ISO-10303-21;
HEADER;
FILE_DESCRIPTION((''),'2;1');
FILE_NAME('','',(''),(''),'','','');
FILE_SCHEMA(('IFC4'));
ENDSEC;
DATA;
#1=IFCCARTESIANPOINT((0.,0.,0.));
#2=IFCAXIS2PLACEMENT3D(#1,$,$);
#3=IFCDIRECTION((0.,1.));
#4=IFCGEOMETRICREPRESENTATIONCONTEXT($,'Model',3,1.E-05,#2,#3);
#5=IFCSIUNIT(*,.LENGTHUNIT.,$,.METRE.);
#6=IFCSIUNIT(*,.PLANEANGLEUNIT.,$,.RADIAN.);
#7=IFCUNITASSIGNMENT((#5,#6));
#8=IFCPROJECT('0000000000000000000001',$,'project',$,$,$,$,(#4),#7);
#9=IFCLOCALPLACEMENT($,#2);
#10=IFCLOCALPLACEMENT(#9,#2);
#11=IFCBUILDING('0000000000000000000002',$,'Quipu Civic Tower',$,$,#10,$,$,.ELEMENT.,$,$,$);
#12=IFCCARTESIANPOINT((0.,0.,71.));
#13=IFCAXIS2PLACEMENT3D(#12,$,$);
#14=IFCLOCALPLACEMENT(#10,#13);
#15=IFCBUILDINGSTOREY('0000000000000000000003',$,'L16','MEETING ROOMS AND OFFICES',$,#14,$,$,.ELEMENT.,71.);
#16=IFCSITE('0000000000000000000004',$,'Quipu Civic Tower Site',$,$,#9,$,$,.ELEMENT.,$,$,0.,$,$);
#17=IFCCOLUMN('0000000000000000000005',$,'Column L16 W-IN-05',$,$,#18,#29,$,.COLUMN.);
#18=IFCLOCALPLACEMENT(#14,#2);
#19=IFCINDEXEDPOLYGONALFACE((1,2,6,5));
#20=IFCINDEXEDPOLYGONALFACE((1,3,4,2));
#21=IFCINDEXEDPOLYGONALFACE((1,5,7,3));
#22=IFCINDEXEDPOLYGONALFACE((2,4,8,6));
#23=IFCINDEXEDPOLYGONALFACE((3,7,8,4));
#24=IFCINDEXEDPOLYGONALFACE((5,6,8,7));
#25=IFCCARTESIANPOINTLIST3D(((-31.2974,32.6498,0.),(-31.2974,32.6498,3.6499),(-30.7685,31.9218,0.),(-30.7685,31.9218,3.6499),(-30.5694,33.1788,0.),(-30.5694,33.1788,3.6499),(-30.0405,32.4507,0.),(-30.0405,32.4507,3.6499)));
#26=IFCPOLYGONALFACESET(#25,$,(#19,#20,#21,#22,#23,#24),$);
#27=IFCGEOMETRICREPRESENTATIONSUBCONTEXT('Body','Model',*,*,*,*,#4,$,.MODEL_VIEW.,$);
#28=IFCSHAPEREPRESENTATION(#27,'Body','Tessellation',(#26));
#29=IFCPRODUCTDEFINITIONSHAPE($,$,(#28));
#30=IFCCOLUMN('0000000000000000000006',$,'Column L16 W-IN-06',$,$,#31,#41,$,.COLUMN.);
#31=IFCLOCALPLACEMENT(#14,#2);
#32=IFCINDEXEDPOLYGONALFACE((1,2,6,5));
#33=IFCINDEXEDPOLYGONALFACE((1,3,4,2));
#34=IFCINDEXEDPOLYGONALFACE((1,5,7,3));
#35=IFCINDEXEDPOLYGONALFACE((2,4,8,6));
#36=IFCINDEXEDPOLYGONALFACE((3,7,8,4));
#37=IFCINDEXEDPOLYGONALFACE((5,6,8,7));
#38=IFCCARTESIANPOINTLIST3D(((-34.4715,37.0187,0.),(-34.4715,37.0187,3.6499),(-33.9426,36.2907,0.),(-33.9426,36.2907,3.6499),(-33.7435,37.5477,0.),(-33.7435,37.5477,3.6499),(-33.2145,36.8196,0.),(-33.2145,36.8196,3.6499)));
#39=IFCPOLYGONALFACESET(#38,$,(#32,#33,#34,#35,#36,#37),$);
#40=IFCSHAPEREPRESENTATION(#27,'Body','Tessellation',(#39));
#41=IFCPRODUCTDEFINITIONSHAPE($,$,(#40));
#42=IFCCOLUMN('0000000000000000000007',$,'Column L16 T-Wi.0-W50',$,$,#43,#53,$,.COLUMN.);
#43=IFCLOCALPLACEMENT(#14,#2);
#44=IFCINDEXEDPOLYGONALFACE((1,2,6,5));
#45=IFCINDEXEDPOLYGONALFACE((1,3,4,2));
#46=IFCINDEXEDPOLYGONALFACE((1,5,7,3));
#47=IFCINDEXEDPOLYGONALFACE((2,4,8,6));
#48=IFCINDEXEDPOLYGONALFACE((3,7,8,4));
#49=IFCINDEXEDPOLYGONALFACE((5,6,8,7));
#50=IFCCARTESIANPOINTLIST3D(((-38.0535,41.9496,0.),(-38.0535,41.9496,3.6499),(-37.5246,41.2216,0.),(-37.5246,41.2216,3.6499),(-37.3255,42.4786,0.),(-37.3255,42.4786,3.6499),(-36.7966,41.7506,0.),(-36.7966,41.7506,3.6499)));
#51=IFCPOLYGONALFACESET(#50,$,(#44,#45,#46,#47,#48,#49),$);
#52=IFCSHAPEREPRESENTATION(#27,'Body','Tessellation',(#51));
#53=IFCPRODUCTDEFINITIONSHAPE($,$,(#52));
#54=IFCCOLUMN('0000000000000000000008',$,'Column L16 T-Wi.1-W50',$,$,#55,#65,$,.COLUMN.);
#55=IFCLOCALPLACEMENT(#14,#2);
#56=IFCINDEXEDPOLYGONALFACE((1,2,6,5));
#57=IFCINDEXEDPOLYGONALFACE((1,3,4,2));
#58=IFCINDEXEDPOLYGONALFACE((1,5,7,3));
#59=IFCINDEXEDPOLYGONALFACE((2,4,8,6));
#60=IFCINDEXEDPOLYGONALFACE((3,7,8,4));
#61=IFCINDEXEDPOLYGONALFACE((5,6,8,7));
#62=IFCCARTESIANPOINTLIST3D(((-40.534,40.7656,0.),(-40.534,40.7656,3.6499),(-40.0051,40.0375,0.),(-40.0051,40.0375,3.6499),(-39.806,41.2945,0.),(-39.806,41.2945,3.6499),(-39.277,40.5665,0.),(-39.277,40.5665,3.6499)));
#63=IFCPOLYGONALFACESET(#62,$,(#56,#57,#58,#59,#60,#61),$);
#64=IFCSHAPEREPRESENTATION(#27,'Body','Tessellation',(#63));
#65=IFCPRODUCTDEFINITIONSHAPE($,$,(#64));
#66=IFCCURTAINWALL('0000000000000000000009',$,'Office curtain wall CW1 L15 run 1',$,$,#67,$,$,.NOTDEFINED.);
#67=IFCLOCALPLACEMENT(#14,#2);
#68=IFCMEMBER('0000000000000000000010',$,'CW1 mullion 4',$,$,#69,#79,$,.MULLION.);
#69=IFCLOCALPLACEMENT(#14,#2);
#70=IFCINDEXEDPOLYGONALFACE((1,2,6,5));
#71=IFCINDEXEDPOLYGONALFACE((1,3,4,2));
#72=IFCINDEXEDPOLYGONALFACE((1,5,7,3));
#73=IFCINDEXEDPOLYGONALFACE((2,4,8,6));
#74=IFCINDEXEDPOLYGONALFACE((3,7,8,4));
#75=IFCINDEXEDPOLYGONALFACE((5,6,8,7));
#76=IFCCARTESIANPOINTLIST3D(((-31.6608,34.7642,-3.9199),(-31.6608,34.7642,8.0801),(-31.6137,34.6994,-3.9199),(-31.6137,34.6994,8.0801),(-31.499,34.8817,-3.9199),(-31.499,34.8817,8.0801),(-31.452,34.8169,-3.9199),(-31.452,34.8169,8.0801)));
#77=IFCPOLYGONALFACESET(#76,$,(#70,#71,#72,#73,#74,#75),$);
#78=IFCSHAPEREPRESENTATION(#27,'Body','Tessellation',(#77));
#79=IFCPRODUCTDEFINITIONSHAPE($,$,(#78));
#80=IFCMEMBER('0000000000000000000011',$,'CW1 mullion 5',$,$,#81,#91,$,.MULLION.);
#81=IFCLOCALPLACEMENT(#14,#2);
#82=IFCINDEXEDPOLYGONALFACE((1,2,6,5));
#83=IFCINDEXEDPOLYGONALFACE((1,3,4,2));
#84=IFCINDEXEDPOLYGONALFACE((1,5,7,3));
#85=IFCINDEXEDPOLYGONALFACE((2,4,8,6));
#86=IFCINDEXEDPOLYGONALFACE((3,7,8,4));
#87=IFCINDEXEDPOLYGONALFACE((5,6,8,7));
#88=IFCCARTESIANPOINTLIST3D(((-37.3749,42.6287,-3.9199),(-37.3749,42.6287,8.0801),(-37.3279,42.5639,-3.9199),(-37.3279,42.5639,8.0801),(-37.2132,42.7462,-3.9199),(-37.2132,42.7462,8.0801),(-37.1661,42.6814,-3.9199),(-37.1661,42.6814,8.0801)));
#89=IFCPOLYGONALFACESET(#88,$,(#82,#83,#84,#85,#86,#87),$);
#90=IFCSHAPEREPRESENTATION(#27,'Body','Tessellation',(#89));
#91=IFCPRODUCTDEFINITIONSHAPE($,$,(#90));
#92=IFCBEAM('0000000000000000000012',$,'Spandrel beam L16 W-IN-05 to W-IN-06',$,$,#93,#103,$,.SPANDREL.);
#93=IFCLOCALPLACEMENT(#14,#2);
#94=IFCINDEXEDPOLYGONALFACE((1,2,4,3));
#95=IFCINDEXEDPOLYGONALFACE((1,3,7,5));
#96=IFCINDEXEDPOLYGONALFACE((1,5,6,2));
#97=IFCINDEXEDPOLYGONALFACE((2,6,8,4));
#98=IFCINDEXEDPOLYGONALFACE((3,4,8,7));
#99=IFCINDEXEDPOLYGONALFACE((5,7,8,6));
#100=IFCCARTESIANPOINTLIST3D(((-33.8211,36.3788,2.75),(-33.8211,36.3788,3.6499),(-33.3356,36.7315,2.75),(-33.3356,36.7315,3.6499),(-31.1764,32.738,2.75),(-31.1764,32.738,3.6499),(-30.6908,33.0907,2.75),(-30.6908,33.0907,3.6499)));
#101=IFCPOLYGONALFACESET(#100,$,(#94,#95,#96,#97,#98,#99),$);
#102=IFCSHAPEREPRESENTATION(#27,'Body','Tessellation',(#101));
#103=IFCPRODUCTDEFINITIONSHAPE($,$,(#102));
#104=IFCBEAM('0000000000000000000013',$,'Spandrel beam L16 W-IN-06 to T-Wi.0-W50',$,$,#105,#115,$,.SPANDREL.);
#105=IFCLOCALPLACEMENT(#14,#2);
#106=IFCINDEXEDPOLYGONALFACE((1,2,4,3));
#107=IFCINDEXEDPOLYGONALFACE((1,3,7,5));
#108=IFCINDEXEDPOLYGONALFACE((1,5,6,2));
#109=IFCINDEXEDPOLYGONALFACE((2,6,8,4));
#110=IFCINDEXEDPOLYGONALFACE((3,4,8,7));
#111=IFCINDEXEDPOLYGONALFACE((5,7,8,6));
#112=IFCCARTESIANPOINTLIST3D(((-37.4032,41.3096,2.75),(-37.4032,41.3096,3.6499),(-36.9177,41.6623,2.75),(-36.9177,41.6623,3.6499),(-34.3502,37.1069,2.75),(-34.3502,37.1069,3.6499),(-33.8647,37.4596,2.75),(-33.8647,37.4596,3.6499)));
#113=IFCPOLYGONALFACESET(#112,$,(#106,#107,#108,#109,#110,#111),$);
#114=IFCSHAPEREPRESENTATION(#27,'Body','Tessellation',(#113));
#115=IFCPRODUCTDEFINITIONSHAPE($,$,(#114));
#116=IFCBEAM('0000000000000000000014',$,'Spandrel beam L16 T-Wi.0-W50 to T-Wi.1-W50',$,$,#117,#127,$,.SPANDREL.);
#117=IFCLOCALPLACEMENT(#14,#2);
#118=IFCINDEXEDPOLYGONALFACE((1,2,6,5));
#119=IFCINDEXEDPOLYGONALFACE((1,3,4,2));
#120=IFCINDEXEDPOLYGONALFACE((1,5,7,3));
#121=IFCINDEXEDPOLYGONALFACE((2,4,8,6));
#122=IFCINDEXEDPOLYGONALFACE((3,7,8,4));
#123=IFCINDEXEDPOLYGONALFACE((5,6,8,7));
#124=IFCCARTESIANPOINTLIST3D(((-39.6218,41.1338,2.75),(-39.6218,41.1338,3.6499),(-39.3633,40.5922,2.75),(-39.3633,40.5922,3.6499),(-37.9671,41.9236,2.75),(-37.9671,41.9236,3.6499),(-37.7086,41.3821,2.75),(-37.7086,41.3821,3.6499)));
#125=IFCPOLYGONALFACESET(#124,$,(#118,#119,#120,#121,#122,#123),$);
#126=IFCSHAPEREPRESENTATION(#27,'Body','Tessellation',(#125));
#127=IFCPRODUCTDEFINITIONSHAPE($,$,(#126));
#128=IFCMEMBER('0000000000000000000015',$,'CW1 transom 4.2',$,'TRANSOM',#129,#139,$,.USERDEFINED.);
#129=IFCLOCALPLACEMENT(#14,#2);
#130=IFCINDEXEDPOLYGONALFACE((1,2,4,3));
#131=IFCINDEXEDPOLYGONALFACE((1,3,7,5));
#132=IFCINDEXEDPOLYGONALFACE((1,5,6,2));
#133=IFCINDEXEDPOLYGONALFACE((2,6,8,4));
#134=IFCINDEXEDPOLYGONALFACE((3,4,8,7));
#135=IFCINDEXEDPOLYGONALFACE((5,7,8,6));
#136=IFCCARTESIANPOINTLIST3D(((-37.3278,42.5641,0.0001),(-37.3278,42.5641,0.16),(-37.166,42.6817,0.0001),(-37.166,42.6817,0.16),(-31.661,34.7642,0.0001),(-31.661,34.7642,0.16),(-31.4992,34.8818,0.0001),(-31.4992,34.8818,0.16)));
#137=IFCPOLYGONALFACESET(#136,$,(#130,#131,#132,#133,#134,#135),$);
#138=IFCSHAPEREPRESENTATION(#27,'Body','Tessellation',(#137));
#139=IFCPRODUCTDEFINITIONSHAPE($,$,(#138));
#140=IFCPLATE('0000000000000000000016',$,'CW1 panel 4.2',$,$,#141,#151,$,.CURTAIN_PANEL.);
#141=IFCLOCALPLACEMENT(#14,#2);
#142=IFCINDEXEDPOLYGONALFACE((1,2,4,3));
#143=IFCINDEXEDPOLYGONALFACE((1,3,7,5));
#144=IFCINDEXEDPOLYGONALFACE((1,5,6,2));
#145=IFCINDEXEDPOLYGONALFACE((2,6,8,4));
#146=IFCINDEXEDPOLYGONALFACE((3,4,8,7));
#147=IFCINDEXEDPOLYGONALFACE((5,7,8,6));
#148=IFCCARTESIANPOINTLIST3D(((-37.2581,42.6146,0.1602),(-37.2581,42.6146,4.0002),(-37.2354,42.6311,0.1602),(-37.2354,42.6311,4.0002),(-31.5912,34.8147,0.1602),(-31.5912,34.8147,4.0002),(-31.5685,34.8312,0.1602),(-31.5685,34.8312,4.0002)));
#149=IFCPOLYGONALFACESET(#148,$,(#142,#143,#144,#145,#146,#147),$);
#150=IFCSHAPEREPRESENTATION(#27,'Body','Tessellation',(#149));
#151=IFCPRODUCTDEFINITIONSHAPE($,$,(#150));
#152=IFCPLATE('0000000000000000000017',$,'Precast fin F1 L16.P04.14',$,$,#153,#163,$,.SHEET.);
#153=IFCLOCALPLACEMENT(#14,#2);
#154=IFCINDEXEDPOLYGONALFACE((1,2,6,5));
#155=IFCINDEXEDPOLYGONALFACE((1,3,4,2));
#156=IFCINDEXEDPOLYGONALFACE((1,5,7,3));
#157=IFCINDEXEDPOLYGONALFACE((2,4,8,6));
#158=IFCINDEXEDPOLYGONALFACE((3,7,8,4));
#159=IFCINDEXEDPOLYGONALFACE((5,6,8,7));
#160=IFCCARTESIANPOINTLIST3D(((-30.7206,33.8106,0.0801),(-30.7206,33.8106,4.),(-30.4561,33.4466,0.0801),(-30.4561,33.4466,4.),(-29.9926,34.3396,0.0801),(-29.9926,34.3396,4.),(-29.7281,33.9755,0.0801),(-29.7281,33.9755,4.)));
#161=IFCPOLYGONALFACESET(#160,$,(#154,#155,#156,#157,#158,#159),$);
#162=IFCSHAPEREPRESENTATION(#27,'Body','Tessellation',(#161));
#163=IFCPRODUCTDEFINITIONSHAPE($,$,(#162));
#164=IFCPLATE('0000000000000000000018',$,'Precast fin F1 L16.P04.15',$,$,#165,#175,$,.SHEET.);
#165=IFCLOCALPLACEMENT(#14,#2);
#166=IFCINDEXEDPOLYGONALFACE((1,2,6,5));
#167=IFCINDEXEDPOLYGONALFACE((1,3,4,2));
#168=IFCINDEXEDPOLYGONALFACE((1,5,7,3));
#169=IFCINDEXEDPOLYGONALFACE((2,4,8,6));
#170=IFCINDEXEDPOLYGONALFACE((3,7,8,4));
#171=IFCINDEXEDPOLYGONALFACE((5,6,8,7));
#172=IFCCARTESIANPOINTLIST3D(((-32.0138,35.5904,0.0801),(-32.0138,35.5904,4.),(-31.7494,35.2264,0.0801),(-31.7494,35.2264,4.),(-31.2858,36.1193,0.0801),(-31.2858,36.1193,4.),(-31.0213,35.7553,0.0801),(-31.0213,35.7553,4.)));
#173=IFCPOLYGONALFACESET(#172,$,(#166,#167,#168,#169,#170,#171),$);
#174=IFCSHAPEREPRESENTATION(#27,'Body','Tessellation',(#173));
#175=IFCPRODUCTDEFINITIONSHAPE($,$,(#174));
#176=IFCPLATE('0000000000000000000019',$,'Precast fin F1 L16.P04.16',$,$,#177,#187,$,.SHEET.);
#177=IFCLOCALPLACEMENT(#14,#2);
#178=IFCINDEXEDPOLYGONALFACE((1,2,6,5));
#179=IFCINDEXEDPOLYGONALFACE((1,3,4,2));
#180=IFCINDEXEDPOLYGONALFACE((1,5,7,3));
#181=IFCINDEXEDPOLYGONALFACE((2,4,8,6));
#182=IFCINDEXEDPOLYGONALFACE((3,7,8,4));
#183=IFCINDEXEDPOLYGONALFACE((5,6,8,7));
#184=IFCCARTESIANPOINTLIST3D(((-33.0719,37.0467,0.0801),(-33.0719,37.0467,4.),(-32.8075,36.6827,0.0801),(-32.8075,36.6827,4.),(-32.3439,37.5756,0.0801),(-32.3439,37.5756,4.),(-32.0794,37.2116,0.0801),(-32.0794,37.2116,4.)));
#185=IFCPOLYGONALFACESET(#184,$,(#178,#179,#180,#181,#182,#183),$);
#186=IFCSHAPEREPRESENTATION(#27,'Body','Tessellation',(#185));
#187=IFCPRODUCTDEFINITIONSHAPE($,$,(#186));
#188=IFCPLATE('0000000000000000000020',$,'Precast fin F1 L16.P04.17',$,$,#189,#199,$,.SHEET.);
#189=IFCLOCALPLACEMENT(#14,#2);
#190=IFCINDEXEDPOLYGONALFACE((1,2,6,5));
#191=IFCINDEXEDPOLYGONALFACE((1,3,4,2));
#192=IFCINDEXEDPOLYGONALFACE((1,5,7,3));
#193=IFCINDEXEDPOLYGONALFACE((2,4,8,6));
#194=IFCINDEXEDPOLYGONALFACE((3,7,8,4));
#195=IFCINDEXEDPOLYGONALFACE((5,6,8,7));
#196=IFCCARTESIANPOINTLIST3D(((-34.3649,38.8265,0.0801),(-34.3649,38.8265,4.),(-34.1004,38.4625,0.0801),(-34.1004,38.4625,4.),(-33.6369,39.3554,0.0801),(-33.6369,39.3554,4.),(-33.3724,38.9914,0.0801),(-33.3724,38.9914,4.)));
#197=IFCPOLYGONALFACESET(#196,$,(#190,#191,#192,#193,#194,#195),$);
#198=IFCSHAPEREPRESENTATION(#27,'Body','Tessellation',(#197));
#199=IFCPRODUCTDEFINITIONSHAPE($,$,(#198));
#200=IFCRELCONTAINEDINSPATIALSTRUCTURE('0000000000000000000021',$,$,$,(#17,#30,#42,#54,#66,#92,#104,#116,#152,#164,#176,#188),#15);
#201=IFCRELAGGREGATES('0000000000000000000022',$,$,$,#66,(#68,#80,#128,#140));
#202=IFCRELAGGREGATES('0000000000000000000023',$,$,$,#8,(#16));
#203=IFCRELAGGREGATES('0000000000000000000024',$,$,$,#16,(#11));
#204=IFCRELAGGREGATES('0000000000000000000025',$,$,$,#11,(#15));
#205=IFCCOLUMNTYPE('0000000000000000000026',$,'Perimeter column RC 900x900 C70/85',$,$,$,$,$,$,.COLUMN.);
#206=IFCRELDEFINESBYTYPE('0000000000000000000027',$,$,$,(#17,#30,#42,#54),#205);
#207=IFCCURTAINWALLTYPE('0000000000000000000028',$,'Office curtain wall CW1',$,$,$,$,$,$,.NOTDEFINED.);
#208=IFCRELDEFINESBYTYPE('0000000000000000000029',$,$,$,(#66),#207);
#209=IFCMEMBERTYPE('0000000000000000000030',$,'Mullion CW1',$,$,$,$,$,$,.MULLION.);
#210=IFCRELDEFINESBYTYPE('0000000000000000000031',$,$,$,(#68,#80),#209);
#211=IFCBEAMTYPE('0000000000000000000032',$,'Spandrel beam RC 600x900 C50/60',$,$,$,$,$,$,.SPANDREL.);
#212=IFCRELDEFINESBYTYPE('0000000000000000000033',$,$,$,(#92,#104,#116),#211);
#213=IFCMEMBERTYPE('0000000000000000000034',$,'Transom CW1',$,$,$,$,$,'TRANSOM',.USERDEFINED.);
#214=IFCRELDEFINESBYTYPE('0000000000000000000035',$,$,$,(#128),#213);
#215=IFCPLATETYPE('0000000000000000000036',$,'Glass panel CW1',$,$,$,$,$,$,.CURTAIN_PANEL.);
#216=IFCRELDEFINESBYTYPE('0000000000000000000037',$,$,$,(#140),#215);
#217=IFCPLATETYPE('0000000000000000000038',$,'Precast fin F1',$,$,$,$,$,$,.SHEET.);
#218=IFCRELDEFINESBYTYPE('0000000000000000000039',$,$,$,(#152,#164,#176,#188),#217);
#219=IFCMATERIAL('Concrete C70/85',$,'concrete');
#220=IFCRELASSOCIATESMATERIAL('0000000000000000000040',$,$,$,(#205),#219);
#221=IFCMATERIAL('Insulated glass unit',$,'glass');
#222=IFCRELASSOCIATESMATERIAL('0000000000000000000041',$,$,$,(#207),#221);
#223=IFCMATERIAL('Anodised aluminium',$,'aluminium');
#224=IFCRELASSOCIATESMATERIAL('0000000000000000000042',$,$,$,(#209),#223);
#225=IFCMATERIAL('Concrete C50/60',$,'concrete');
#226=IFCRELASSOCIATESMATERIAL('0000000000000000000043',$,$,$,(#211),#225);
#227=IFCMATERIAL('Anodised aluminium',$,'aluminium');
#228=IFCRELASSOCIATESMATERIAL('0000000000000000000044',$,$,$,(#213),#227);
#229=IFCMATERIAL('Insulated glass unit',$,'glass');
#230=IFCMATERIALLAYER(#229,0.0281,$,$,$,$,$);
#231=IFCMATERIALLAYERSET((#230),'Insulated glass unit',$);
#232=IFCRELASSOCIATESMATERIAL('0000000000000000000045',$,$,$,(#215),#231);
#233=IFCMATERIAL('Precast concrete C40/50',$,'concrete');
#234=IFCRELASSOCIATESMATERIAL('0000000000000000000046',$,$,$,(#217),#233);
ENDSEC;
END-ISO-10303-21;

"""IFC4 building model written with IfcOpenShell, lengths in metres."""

from ifc_helpers import new_model, si_unit, direction, frame, origin, origin_2d, place, context, subcontext, project, spatial, rectangle, extrude, material, layer, layer_set, material_profile, profile_set, type_object, element, aggregate, save


model = new_model("IFC4")

# Units and contexts
model_context = context("Model", 3, precision=1e-05, world=origin(), true_north=direction((0.0, 1.0)))
body_context = subcontext(model_context, "Body", "Model", "MODEL_VIEW")
ifc_project = project(units=[si_unit("LENGTHUNIT", "METRE"), si_unit("PLANEANGLEUNIT", "RADIAN")], contexts=[model_context])

# Site, building, storey
site_placement = place(None, origin())
site = spatial("IfcSite", under=ifc_project, at=site_placement, Name="Quipu Civic Tower Site", CompositionType="ELEMENT", RefElevation=0.0)
building_placement = place(site_placement, origin())
building = spatial("IfcBuilding", under=site, at=building_placement, Name="Quipu Civic Tower", CompositionType="ELEMENT")
storey_placement = place(building_placement, frame((0.0, 0.0, 71.0)))
storey = spatial("IfcBuildingStorey", under=building, at=storey_placement, Name="L16", Description="MEETING ROOMS AND OFFICES", CompositionType="ELEMENT", Elevation=71.0)

# Columns
ifc_material_1 = material(Name="Concrete C70/85", Category="concrete")
ifc_material_profile_1 = material_profile(ifc_material_1, rectangle(XDim=0.8999, YDim=0.8999, at=origin_2d()), Name="RC900x900")
ifc_profile_set_1 = profile_set([ifc_material_profile_1], Name="Concrete C70/85")
column_type = type_object("IfcColumnType", Name="Perimeter column RC 900x900 C70/85", PredefinedType="COLUMN", material=ifc_profile_set_1)
for number, where, z_axis, x_axis, name in (
    (1, (-30.6689, 32.5503, 0.0), (0.0, 0.0, 1.0), (-0.587785, 0.809017, 0.0), "Column L16 W-IN-05"),
    (2, (-33.843, 36.9192, 0.0), (0.0, 0.0, 1.0), (-0.587785, 0.809017, 0.0), "Column L16 W-IN-06"),
    (3, (-37.425, 41.8501, 0.0), (0.0, 0.0, 1.0), (-0.587785, 0.809017, 0.0), "Column L16 T-Wi.0-W50"),
    (4, (-39.9055, 40.666, 0.0), (0.0, 0.0, 1.0), (-0.587785, 0.809017, 0.0), "Column L16 T-Wi.1-W50"),
):
    element("IfcColumn", number, at=place(storey_placement, frame(where, z_axis=z_axis, x_axis=x_axis)), inside=storey, type_object=column_type, Name=name, PredefinedType="COLUMN", context=body_context, shape_type="SweptSolid", body=[
        extrude(rectangle(XDim=0.8999, YDim=0.8999, at=origin_2d()), origin(), (0.0, 0.0, 1.0), 3.6499),
    ])

# Curtain wall, members
ifc_material_2 = material(Name="Insulated glass unit", Category="glass")
curtain_wall_type = type_object("IfcCurtainWallType", Name="Office curtain wall CW1", PredefinedType="NOTDEFINED", material=ifc_material_2)
curtain_wall_placement = place(storey_placement, origin())
curtain_wall = element("IfcCurtainWall", 5, at=curtain_wall_placement, inside=storey, type_object=curtain_wall_type, Name="Office curtain wall CW1 L15 run 1", PredefinedType="NOTDEFINED")
ifc_material_3 = material(Name="Anodised aluminium", Category="aluminium")
ifc_material_profile_2 = material_profile(ifc_material_3, rectangle(XDim=0.2, YDim=0.0801, at=origin_2d()), Name="RECT 200x80")
ifc_profile_set_2 = profile_set([ifc_material_profile_2], Name="Anodised aluminium")
member_type_1 = type_object("IfcMemberType", Name="Mullion CW1", PredefinedType="MULLION", material=ifc_profile_set_2)
member_1_placement = place(storey_placement, frame((-31.5564, 34.7905, -3.9199), z_axis=(0.0, 0.0, 1.0), x_axis=(-0.809017, -0.587786, 0.0)))
member_1 = element("IfcMember", 6, at=member_1_placement, type_object=member_type_1, Name="CW1 mullion 4", PredefinedType="MULLION", context=body_context, shape_type="SweptSolid", body=[
    extrude(rectangle(XDim=0.2, YDim=0.0801, at=origin_2d()), origin(), (0.0, 0.0, 1.0), 12.0),
])
member_2_placement = place(storey_placement, frame((-37.2705, 42.655, -3.9199), z_axis=(0.0, 0.0, 1.0), x_axis=(-0.809017, -0.587786, 0.0)))
member_2 = element("IfcMember", 7, at=member_2_placement, type_object=member_type_1, Name="CW1 mullion 5", PredefinedType="MULLION", context=body_context, shape_type="SweptSolid", body=[
    extrude(rectangle(XDim=0.2, YDim=0.0801, at=origin_2d()), origin(), (0.0, 0.0, 1.0), 12.0),
])

# Beams
ifc_material_4 = material(Name="Concrete C50/60", Category="concrete")
ifc_material_profile_3 = material_profile(ifc_material_4, rectangle(XDim=0.6001, YDim=0.8999, at=origin_2d()), Name="RC600x900")
ifc_profile_set_3 = profile_set([ifc_material_profile_3], Name="Concrete C50/60")
beam_type = type_object("IfcBeamType", Name="Spandrel beam RC 600x900 C50/60", PredefinedType="SPANDREL", material=ifc_profile_set_3)
beam_1_placement = place(storey_placement, frame((-30.9336, 32.9143, 3.2), z_axis=(-0.587717, 0.809067, 0.0), x_axis=(-0.809067, -0.587717, 0.0)))
element("IfcBeam", 8, at=beam_1_placement, inside=storey, type_object=beam_type, Name="Spandrel beam L16 W-IN-05 to W-IN-06", PredefinedType="SPANDREL", context=body_context, shape_type="SweptSolid", body=[
    extrude(rectangle(XDim=0.6001, YDim=0.8999, at=origin_2d()), origin(), (0.0, 0.0, 1.0), 4.5),
])
beam_2_placement = place(storey_placement, frame((-34.1074, 37.2832, 3.2), z_axis=(-0.587733, 0.809055, 0.0), x_axis=(-0.809055, -0.587733, 0.0)))
element("IfcBeam", 9, at=beam_2_placement, inside=storey, type_object=beam_type, Name="Spandrel beam L16 W-IN-06 to T-Wi.0-W50", PredefinedType="SPANDREL", context=body_context, shape_type="SweptSolid", body=[
    extrude(rectangle(XDim=0.6001, YDim=0.8999, at=origin_2d()), origin(), (0.0, 0.0, 1.0), 5.1946),
])
beam_3_placement = place(storey_placement, frame((-37.8379, 41.6528, 3.2), z_axis=(-0.902454, -0.430786, 0.0), x_axis=(0.430786, -0.902454, 0.0)))
element("IfcBeam", 10, at=beam_3_placement, inside=storey, type_object=beam_type, Name="Spandrel beam L16 T-Wi.0-W50 to T-Wi.1-W50", PredefinedType="SPANDREL", context=body_context, shape_type="SweptSolid", body=[
    extrude(rectangle(XDim=0.6001, YDim=0.8999, at=origin_2d()), origin(), (0.0, 0.0, 1.0), 1.8335),
])

# Member
ifc_material_5 = material(Name="Anodised aluminium", Category="aluminium")
ifc_material_profile_4 = material_profile(ifc_material_5, rectangle(XDim=0.2, YDim=0.1599, at=origin_2d()), Name="RECT 200x160")
ifc_profile_set_4 = profile_set([ifc_material_profile_4], Name="Anodised aluminium")
member_type_2 = type_object("IfcMemberType", Name="Transom CW1", ElementType="TRANSOM", PredefinedType="USERDEFINED", material=ifc_profile_set_4)
member_3_placement = place(storey_placement, frame((-31.5801, 34.823, 0.0801), z_axis=(-0.587776, 0.809024, 0.0), x_axis=(-0.809024, -0.587776, 0.0)))
member_3 = element("IfcMember", 11, at=member_3_placement, type_object=member_type_2, Name="CW1 transom 4.2", ObjectType="TRANSOM", PredefinedType="USERDEFINED", context=body_context, shape_type="SweptSolid", body=[
    extrude(rectangle(XDim=0.2, YDim=0.1599, at=origin_2d()), origin(), (0.0, 0.0, 1.0), 9.6411),
])

# Plate
ifc_material_6 = material(Name="Insulated glass unit", Category="glass")
ifc_layer_1 = layer(ifc_material_6, 0.0281)
ifc_layer_set_1 = layer_set([ifc_layer_1], Name="Insulated glass unit")
plate_type_1 = type_object("IfcPlateType", Name="Glass panel CW1", PredefinedType="CURTAIN_PANEL", material=ifc_layer_set_1)
plate_placement = place(storey_placement, frame((-34.4133, 38.7229, 0.1602), z_axis=(0.0, 0.0, 1.0), x_axis=(-0.587786, 0.809017, 0.0)))
plate = element("IfcPlate", 12, at=plate_placement, type_object=plate_type_1, Name="CW1 panel 4.2", PredefinedType="CURTAIN_PANEL", context=body_context, shape_type="SweptSolid", body=[
    extrude(rectangle(XDim=9.6411, YDim=0.0281, at=origin_2d()), origin(), (0.0, 0.0, 1.0), 3.8401),
])
aggregate(curtain_wall, [member_1, member_2, member_3, plate])

# Plates
ifc_material_7 = material(Name="Precast concrete C40/50", Category="concrete")
plate_type_2 = type_object("IfcPlateType", Name="Precast fin F1", PredefinedType="SHEET", material=ifc_material_7)
for number, where, z_axis, x_axis, name in (
    (13, (-30.2244, 33.8931, 0.0801), (0.0, 0.0, 1.0), (-0.587785, 0.809017, 0.0), "Precast fin F1 L16.P04.14"),
    (14, (-31.5176, 35.6729, 0.0801), (0.0, 0.0, 1.0), (-0.587785, 0.809017, 0.0), "Precast fin F1 L16.P04.15"),
    (15, (-32.5757, 37.1292, 0.0801), (0.0, 0.0, 1.0), (-0.587785, 0.809017, 0.0), "Precast fin F1 L16.P04.16"),
    (16, (-33.8687, 38.9089, 0.0801), (0.0, 0.0, 1.0), (-0.587785, 0.809017, 0.0), "Precast fin F1 L16.P04.17"),
):
    element("IfcPlate", number, at=place(storey_placement, frame(where, z_axis=z_axis, x_axis=x_axis)), inside=storey, type_object=plate_type_2, Name=name, PredefinedType="SHEET", context=body_context, shape_type="SweptSolid", body=[
        extrude(rectangle(XDim=0.45, YDim=0.8999, at=origin_2d()), origin(), (0.0, 0.0, 1.0), 3.9199),
    ])

save(model, "model.ifc")
